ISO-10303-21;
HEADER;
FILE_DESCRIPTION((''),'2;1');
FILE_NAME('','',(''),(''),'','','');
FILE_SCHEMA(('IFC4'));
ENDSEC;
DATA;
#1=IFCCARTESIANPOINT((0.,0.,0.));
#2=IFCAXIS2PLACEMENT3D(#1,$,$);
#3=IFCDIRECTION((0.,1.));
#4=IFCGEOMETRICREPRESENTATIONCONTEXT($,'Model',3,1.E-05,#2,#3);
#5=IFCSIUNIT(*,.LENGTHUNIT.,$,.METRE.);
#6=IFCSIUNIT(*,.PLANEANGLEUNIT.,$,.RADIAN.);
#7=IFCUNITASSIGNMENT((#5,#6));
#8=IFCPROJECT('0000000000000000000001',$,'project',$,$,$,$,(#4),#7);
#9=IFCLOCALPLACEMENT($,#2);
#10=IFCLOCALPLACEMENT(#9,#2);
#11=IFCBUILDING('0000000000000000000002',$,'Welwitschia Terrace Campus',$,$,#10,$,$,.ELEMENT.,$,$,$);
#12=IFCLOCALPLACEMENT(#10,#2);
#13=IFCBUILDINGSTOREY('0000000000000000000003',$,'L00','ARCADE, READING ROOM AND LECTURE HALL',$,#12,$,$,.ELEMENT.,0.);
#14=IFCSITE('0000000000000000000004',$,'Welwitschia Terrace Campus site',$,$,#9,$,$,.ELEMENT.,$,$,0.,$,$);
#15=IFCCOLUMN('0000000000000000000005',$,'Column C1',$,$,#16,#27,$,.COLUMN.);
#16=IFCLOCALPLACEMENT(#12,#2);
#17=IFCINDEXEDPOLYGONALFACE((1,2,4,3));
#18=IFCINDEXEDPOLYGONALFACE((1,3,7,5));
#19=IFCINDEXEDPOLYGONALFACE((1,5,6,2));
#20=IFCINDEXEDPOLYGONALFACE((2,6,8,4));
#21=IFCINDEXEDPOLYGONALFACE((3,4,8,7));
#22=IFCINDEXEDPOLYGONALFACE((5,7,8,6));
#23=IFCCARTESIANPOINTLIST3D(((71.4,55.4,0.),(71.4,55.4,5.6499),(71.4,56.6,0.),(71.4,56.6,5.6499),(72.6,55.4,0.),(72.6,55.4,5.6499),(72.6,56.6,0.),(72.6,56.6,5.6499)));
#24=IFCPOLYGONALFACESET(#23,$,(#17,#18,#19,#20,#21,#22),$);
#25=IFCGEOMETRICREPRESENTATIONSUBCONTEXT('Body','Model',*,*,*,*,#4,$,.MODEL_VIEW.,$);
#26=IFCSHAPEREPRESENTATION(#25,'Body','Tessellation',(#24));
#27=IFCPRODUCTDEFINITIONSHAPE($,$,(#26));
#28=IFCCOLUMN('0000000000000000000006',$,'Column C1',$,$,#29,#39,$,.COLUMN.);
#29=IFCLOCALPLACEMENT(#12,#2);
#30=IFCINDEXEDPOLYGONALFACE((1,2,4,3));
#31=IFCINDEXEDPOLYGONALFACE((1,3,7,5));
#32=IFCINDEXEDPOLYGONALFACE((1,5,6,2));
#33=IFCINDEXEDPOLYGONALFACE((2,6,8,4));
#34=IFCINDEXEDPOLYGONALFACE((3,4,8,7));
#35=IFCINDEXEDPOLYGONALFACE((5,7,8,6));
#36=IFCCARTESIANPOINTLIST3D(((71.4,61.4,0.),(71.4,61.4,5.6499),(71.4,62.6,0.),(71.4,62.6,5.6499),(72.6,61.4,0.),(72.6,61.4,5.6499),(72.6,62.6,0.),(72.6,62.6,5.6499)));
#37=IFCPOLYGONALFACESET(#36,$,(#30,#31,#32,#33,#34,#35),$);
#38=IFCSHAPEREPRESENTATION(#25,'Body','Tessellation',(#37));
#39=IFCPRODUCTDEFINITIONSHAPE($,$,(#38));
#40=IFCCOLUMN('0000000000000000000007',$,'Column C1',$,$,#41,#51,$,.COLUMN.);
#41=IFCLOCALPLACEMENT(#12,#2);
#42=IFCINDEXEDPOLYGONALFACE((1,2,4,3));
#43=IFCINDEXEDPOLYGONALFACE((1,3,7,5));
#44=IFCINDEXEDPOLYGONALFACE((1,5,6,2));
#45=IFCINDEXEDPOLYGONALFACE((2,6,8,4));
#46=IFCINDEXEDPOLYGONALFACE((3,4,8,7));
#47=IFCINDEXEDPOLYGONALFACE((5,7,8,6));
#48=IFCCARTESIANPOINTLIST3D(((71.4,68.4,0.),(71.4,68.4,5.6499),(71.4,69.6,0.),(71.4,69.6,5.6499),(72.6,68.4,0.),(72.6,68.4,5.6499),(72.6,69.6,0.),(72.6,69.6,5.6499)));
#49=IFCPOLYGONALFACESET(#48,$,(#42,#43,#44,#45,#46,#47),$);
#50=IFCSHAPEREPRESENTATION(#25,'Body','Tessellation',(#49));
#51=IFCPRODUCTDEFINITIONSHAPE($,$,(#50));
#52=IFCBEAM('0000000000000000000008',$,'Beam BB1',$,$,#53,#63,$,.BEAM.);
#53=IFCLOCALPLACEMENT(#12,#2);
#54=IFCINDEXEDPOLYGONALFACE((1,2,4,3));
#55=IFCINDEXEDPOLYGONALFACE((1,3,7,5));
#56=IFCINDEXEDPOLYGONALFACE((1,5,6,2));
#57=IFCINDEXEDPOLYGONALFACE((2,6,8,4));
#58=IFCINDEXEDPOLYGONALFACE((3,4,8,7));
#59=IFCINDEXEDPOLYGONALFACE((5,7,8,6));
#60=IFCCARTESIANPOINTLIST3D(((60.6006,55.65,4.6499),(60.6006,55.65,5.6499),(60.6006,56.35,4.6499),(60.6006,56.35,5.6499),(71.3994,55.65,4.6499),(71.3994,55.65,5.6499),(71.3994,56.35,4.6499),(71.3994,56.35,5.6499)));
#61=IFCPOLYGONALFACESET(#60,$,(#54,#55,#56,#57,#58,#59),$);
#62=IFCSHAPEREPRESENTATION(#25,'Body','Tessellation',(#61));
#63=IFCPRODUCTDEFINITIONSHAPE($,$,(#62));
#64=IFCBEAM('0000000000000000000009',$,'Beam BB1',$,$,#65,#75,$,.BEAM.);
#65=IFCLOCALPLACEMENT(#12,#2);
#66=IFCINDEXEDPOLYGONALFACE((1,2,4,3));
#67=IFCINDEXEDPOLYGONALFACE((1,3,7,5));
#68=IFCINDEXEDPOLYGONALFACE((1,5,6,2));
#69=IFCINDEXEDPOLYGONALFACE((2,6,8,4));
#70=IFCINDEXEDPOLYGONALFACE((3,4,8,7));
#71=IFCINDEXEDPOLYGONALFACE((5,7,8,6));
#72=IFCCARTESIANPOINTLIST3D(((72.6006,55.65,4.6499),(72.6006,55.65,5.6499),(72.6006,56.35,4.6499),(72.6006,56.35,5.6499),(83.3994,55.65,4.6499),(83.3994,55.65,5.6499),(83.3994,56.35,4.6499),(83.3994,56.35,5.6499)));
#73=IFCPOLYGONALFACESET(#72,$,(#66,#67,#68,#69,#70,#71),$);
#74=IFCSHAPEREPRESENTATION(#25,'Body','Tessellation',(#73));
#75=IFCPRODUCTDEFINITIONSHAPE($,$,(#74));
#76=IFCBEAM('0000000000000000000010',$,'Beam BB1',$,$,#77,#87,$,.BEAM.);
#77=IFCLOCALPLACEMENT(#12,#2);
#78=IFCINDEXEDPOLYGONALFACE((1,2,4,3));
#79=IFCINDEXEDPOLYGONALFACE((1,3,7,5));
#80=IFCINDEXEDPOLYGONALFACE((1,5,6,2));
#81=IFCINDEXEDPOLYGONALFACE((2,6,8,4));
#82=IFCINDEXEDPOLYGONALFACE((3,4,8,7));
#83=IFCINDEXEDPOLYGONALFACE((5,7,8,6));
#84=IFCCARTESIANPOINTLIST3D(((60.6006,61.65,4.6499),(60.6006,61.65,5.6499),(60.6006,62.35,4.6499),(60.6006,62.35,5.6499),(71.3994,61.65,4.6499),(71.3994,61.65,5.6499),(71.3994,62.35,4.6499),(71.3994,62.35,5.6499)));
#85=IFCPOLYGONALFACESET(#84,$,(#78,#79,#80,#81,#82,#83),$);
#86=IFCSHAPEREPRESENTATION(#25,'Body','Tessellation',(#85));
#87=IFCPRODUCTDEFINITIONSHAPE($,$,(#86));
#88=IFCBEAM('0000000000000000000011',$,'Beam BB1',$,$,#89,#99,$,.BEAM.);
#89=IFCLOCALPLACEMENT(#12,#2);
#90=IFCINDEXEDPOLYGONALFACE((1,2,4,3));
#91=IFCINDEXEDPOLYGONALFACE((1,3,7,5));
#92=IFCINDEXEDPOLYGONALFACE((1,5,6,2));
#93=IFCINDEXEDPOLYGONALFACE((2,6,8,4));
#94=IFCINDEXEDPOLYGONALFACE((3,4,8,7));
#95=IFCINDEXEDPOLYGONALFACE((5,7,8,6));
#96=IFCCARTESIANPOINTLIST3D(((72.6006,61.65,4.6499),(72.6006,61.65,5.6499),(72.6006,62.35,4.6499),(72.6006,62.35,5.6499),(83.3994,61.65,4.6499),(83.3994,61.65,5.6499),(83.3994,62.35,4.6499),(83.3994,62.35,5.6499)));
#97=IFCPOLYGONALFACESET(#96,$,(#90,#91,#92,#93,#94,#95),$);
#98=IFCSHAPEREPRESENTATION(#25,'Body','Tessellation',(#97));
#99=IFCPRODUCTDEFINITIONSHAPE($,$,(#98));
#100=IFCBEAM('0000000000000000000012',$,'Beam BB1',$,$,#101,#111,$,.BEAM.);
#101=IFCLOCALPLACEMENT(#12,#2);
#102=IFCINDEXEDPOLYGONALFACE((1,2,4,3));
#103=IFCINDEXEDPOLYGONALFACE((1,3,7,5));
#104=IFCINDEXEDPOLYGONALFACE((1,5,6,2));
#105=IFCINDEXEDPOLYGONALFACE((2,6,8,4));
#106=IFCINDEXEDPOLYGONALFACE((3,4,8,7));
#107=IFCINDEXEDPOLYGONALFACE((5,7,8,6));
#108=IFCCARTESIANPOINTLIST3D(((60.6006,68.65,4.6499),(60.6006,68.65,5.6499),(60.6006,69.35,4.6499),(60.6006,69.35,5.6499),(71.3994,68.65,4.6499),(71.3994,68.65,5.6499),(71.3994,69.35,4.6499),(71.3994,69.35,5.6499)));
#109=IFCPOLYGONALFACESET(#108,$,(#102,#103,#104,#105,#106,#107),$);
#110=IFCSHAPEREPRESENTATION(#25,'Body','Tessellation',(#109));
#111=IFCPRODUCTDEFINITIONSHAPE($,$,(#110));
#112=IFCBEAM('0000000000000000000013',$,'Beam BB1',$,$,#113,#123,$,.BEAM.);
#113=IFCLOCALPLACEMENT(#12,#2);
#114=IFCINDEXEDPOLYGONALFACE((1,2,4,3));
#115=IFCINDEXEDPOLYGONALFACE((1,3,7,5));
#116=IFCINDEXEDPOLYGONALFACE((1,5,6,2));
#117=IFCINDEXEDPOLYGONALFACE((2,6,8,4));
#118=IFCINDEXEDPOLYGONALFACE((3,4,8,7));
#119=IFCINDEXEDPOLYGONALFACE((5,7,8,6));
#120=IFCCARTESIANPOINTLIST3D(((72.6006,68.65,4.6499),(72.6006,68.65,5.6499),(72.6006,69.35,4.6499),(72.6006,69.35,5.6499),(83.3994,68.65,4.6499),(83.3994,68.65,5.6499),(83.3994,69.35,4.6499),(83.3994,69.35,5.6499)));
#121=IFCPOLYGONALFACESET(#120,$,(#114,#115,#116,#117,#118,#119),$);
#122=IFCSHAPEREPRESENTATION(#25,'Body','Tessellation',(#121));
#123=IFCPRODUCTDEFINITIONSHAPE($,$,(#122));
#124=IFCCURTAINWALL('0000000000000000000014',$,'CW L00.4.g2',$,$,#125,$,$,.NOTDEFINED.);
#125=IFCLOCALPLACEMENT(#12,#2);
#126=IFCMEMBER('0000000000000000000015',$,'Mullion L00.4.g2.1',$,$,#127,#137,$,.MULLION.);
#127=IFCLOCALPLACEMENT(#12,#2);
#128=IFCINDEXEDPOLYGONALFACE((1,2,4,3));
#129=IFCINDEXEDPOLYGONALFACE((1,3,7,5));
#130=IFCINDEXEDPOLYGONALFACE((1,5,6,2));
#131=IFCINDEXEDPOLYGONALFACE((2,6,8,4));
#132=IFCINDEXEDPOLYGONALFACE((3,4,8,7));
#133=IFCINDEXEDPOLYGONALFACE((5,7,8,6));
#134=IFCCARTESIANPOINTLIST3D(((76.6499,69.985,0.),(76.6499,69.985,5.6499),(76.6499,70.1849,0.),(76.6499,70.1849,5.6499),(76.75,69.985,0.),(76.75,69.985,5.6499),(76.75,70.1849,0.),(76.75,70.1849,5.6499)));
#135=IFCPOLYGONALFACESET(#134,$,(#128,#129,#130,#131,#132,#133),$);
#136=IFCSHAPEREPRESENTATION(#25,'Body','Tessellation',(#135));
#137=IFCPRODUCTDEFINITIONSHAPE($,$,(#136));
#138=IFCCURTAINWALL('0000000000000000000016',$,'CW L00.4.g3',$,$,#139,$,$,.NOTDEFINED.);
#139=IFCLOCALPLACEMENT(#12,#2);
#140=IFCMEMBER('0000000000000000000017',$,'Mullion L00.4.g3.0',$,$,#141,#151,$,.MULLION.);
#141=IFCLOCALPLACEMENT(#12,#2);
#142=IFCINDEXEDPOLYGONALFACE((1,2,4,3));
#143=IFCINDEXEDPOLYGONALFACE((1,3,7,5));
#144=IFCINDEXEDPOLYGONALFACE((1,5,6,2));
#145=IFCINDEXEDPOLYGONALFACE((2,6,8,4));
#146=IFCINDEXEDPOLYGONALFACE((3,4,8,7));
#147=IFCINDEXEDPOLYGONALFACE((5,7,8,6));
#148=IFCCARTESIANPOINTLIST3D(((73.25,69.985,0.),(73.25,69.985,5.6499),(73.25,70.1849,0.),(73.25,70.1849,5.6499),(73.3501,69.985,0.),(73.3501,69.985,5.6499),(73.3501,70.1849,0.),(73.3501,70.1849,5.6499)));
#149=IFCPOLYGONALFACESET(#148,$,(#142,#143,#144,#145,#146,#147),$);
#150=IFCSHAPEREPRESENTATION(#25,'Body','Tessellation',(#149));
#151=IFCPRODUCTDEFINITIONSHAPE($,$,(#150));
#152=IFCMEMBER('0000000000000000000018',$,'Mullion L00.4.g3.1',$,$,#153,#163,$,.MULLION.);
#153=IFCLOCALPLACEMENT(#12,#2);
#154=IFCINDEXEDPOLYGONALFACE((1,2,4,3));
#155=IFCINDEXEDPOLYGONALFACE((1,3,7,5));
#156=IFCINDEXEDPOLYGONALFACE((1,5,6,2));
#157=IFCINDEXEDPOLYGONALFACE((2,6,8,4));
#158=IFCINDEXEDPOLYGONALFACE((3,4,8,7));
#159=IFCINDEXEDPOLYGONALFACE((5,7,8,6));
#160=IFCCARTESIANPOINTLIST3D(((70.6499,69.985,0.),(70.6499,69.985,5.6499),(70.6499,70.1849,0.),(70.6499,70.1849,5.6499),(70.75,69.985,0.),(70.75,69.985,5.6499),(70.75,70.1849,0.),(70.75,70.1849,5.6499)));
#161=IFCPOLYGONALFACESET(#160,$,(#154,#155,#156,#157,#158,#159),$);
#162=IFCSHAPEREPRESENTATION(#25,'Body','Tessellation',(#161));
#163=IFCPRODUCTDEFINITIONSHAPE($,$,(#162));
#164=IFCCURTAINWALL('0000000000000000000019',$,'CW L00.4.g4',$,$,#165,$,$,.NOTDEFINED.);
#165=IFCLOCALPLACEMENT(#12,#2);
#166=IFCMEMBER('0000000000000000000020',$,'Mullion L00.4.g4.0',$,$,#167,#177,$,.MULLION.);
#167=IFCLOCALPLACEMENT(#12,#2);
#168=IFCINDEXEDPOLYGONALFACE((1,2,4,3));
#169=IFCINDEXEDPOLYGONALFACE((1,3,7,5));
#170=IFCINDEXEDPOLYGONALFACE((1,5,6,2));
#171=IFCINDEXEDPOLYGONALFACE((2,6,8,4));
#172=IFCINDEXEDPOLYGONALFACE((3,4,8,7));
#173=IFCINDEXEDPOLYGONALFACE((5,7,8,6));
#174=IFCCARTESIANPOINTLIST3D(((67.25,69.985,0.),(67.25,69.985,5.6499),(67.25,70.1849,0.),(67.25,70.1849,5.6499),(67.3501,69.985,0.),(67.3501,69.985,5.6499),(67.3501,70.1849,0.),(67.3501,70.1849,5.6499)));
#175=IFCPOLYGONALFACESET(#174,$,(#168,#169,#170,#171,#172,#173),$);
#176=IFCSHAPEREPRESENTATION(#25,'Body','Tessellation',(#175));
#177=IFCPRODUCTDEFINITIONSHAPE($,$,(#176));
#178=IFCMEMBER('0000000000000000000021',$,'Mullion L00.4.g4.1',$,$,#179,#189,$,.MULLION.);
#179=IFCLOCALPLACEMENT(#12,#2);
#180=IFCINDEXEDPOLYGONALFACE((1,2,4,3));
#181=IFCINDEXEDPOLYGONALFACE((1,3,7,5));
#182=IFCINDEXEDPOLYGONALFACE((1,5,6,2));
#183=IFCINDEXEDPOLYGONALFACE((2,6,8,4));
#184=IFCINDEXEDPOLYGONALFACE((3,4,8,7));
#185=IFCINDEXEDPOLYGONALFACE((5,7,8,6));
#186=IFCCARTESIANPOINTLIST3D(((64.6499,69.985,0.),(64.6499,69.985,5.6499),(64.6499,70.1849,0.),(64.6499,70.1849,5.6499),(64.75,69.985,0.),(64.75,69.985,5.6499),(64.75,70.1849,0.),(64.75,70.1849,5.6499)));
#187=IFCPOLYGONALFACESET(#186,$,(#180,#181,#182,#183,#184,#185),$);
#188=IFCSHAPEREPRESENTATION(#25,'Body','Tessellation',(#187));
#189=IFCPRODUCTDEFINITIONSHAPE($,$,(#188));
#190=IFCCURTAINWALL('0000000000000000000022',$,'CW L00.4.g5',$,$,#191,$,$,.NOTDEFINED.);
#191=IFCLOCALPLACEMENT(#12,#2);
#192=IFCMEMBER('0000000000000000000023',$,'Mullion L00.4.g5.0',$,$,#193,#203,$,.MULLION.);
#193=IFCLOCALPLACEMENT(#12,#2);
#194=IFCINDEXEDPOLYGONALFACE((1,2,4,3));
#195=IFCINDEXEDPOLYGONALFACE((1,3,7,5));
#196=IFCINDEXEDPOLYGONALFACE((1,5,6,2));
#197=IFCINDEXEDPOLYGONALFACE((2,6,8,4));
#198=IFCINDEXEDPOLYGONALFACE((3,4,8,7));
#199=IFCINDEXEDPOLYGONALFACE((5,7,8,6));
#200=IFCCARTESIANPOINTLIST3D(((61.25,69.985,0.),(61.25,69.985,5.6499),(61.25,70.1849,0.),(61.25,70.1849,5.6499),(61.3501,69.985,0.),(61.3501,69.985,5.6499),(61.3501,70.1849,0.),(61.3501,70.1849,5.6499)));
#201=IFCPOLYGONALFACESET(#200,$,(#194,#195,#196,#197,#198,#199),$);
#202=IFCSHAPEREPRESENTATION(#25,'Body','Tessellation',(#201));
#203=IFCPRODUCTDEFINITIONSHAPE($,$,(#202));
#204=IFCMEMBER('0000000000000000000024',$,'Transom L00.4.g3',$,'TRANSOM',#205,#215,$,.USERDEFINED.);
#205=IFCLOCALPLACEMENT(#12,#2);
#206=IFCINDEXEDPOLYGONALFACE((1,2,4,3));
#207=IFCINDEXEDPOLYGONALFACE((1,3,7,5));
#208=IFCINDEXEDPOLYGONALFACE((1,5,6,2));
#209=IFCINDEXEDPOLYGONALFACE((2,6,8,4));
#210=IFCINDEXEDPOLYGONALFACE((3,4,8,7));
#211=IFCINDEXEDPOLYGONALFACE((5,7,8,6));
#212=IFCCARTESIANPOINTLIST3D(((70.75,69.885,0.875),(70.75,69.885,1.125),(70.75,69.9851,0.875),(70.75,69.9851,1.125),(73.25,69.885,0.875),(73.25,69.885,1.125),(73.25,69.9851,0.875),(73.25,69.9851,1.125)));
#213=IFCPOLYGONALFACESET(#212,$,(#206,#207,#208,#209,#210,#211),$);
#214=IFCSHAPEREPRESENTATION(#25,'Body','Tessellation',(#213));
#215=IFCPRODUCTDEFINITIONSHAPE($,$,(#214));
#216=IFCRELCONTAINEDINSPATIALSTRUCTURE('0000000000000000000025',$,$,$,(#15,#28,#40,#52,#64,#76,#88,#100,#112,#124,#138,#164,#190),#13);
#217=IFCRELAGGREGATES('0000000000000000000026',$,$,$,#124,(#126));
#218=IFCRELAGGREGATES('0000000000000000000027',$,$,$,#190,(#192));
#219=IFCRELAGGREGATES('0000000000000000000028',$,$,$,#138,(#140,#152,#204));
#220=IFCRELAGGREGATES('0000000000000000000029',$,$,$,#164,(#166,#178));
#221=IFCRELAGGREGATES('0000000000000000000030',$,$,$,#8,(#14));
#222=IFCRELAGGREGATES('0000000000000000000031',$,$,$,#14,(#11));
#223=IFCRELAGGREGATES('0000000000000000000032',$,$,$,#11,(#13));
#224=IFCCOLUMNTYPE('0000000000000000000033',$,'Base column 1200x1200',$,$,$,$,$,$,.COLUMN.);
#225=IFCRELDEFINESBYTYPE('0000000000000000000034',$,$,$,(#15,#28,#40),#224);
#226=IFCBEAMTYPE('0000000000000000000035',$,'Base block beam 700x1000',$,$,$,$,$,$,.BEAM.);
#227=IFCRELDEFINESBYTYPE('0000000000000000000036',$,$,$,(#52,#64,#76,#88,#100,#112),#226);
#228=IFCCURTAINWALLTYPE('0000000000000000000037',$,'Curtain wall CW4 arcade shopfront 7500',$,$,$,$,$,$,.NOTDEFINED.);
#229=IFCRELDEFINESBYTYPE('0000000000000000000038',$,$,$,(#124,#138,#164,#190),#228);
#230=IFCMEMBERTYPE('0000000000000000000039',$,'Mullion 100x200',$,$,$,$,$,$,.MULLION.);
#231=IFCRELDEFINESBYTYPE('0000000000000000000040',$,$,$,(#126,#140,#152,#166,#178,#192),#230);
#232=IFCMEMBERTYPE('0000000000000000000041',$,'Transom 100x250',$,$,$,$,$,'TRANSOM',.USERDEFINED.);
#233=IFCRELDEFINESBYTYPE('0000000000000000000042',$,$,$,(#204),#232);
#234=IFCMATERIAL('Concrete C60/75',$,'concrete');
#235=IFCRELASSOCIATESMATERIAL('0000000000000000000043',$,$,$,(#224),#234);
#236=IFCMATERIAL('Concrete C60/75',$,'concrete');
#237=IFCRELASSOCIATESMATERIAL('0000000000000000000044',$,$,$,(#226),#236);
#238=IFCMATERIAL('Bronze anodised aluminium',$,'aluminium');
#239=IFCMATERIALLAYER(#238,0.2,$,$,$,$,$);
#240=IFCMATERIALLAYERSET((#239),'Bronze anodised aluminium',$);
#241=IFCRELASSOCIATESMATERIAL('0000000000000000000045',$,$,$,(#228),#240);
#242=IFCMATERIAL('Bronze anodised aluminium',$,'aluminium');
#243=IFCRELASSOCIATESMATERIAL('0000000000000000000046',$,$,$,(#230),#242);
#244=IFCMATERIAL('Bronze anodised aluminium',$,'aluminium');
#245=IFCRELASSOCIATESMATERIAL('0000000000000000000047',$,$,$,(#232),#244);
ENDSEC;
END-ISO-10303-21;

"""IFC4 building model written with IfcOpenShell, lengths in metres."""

from ifc_helpers import new_model, si_unit, direction, frame, origin, origin_2d, place, context, subcontext, project, spatial, rectangle, extrude, material, layer, layer_set, material_profile, profile_set, type_object, element, aggregate, save


model = new_model("IFC4")

# Units and contexts
model_context = context("Model", 3, precision=1e-05, world=origin(), true_north=direction((0.0, 1.0)))
body_context = subcontext(model_context, "Body", "Model", "MODEL_VIEW")
ifc_project = project(units=[si_unit("LENGTHUNIT", "METRE"), si_unit("PLANEANGLEUNIT", "RADIAN")], contexts=[model_context])

# Site, building, storey
site_placement = place(None, origin())
site = spatial("IfcSite", under=ifc_project, at=site_placement, Name="Welwitschia Terrace Campus site", CompositionType="ELEMENT", RefElevation=0.0)
building_placement = place(site_placement, origin())
building = spatial("IfcBuilding", under=site, at=building_placement, Name="Welwitschia Terrace Campus", CompositionType="ELEMENT")
storey_placement = place(building_placement, origin())
storey = spatial("IfcBuildingStorey", under=building, at=storey_placement, Name="L00", Description="ARCADE, READING ROOM AND LECTURE HALL", CompositionType="ELEMENT", Elevation=0.0)

# Columns
ifc_material_1 = material(Name="Concrete C60/75", Category="concrete")
ifc_material_profile_1 = material_profile(ifc_material_1, rectangle(XDim=1.2, YDim=1.2, at=origin_2d()))
ifc_profile_set_1 = profile_set([ifc_material_profile_1], Name="Concrete C60/75")
column_type = type_object("IfcColumnType", Name="Base column 1200x1200", PredefinedType="COLUMN", material=ifc_profile_set_1)
for number, where, z_axis, x_axis, name in (
    (1, (72.0, 56.0, 0.0), (0.0, 0.0, 1.0), (1.0, 0.0, 0.0), "Column C1"),
    (2, (72.0, 62.0, 0.0), (0.0, 0.0, 1.0), (1.0, 0.0, 0.0), "Column C1"),
    (3, (72.0, 69.0, 0.0), (0.0, 0.0, 1.0), (1.0, 0.0, 0.0), "Column C1"),
):
    element("IfcColumn", number, at=place(storey_placement, frame(where, z_axis=z_axis, x_axis=x_axis)), inside=storey, type_object=column_type, Name=name, PredefinedType="COLUMN", context=body_context, shape_type="SweptSolid", body=[
        extrude(rectangle(XDim=1.2, YDim=1.2, at=origin_2d()), origin(), (0.0, 0.0, 1.0), 5.6499),
    ])

# Beams
ifc_material_2 = material(Name="Concrete C60/75", Category="concrete")
ifc_material_profile_2 = material_profile(ifc_material_2, rectangle(XDim=0.7, YDim=1.0, at=origin_2d()))
ifc_profile_set_2 = profile_set([ifc_material_profile_2], Name="Concrete C60/75")
beam_type = type_object("IfcBeamType", Name="Base block beam 700x1000", PredefinedType="BEAM", material=ifc_profile_set_2)
for number, where, z_axis, x_axis, name in (
    (4, (60.6006, 56.0, 5.1499), (1.0, 0.0, 0.0), (0.0, 1.0, 0.0), "Beam BB1"),
    (5, (72.6006, 56.0, 5.1499), (1.0, 0.0, 0.0), (0.0, 1.0, 0.0), "Beam BB1"),
    (6, (60.6006, 62.0, 5.1499), (1.0, 0.0, 0.0), (0.0, 1.0, 0.0), "Beam BB1"),
    (7, (72.6006, 62.0, 5.1499), (1.0, 0.0, 0.0), (0.0, 1.0, 0.0), "Beam BB1"),
    (8, (60.6006, 69.0, 5.1499), (1.0, 0.0, 0.0), (0.0, 1.0, 0.0), "Beam BB1"),
    (9, (72.6006, 69.0, 5.1499), (1.0, 0.0, 0.0), (0.0, 1.0, 0.0), "Beam BB1"),
):
    element("IfcBeam", number, at=place(storey_placement, frame(where, z_axis=z_axis, x_axis=x_axis)), inside=storey, type_object=beam_type, Name=name, PredefinedType="BEAM", context=body_context, shape_type="SweptSolid", body=[
        extrude(rectangle(XDim=0.7, YDim=1.0, at=origin_2d()), origin(), (0.0, 0.0, 1.0), 10.7988),
    ])

# Curtain wall, member
ifc_material_3 = material(Name="Bronze anodised aluminium", Category="aluminium")
ifc_layer_1 = layer(ifc_material_3, 0.2)
ifc_layer_set_1 = layer_set([ifc_layer_1], Name="Bronze anodised aluminium")
curtain_wall_type = type_object("IfcCurtainWallType", Name="Curtain wall CW4 arcade shopfront 7500", PredefinedType="NOTDEFINED", material=ifc_layer_set_1)
curtain_wall_1_placement = place(storey_placement, origin())
curtain_wall_1 = element("IfcCurtainWall", 10, at=curtain_wall_1_placement, inside=storey, type_object=curtain_wall_type, Name="CW L00.4.g2", PredefinedType="NOTDEFINED")
ifc_material_4 = material(Name="Bronze anodised aluminium", Category="aluminium")
ifc_material_profile_3 = material_profile(ifc_material_4, rectangle(XDim=0.2, YDim=0.1001, at=origin_2d()))
ifc_profile_set_3 = profile_set([ifc_material_profile_3], Name="Bronze anodised aluminium")
member_type_1 = type_object("IfcMemberType", Name="Mullion 100x200", PredefinedType="MULLION", material=ifc_profile_set_3)
member_1_placement = place(storey_placement, frame((76.7, 70.085, 0.0), z_axis=(0.0, 0.0, 1.0), x_axis=(0.0, -1.0, 0.0)))
member_1 = element("IfcMember", 11, at=member_1_placement, type_object=member_type_1, Name="Mullion L00.4.g2.1", PredefinedType="MULLION", context=body_context, shape_type="SweptSolid", body=[
    extrude(rectangle(XDim=0.2, YDim=0.1001, at=origin_2d()), origin(), (0.0, 0.0, 1.0), 5.6499),
])
aggregate(curtain_wall_1, [member_1])

# Curtain walls, members
curtain_wall_2_placement = place(storey_placement, origin())
curtain_wall_2 = element("IfcCurtainWall", 12, at=curtain_wall_2_placement, inside=storey, type_object=curtain_wall_type, Name="CW L00.4.g3", PredefinedType="NOTDEFINED")
member_2_placement = place(storey_placement, frame((73.3, 70.085, 0.0), z_axis=(0.0, 0.0, 1.0), x_axis=(0.0, -1.0, 0.0)))
member_2 = element("IfcMember", 13, at=member_2_placement, type_object=member_type_1, Name="Mullion L00.4.g3.0", PredefinedType="MULLION", context=body_context, shape_type="SweptSolid", body=[
    extrude(rectangle(XDim=0.2, YDim=0.1001, at=origin_2d()), origin(), (0.0, 0.0, 1.0), 5.6499),
])
member_3_placement = place(storey_placement, frame((70.7, 70.085, 0.0), z_axis=(0.0, 0.0, 1.0), x_axis=(0.0, -1.0, 0.0)))
member_3 = element("IfcMember", 14, at=member_3_placement, type_object=member_type_1, Name="Mullion L00.4.g3.1", PredefinedType="MULLION", context=body_context, shape_type="SweptSolid", body=[
    extrude(rectangle(XDim=0.2, YDim=0.1001, at=origin_2d()), origin(), (0.0, 0.0, 1.0), 5.6499),
])
curtain_wall_3_placement = place(storey_placement, origin())
curtain_wall_3 = element("IfcCurtainWall", 15, at=curtain_wall_3_placement, inside=storey, type_object=curtain_wall_type, Name="CW L00.4.g4", PredefinedType="NOTDEFINED")
member_4_placement = place(storey_placement, frame((67.3, 70.085, 0.0), z_axis=(0.0, 0.0, 1.0), x_axis=(0.0, -1.0, 0.0)))
member_4 = element("IfcMember", 16, at=member_4_placement, type_object=member_type_1, Name="Mullion L00.4.g4.0", PredefinedType="MULLION", context=body_context, shape_type="SweptSolid", body=[
    extrude(rectangle(XDim=0.2, YDim=0.1001, at=origin_2d()), origin(), (0.0, 0.0, 1.0), 5.6499),
])
member_5_placement = place(storey_placement, frame((64.7, 70.085, 0.0), z_axis=(0.0, 0.0, 1.0), x_axis=(0.0, -1.0, 0.0)))
member_5 = element("IfcMember", 17, at=member_5_placement, type_object=member_type_1, Name="Mullion L00.4.g4.1", PredefinedType="MULLION", context=body_context, shape_type="SweptSolid", body=[
    extrude(rectangle(XDim=0.2, YDim=0.1001, at=origin_2d()), origin(), (0.0, 0.0, 1.0), 5.6499),
])

# Curtain wall, member
curtain_wall_4_placement = place(storey_placement, origin())
curtain_wall_4 = element("IfcCurtainWall", 18, at=curtain_wall_4_placement, inside=storey, type_object=curtain_wall_type, Name="CW L00.4.g5", PredefinedType="NOTDEFINED")
member_6_placement = place(storey_placement, frame((61.3, 70.085, 0.0), z_axis=(0.0, 0.0, 1.0), x_axis=(0.0, -1.0, 0.0)))
member_6 = element("IfcMember", 19, at=member_6_placement, type_object=member_type_1, Name="Mullion L00.4.g5.0", PredefinedType="MULLION", context=body_context, shape_type="SweptSolid", body=[
    extrude(rectangle(XDim=0.2, YDim=0.1001, at=origin_2d()), origin(), (0.0, 0.0, 1.0), 5.6499),
])

# Member
ifc_material_5 = material(Name="Bronze anodised aluminium", Category="aluminium")
ifc_material_profile_4 = material_profile(ifc_material_5, rectangle(XDim=0.1001, YDim=0.25, at=origin_2d()))
ifc_profile_set_4 = profile_set([ifc_material_profile_4], Name="Bronze anodised aluminium")
member_type_2 = type_object("IfcMemberType", Name="Transom 100x250", ElementType="TRANSOM", PredefinedType="USERDEFINED", material=ifc_profile_set_4)
member_7_placement = place(storey_placement, frame((73.25, 69.9351, 1.0), z_axis=(-1.0, 0.0, 0.0), x_axis=(0.0, -1.0, 0.0)))
member_7 = element("IfcMember", 20, at=member_7_placement, type_object=member_type_2, Name="Transom L00.4.g3", ObjectType="TRANSOM", PredefinedType="USERDEFINED", context=body_context, shape_type="SweptSolid", body=[
    extrude(rectangle(XDim=0.1001, YDim=0.25, at=origin_2d()), origin(), (0.0, 0.0, 1.0), 2.5),
])
aggregate(curtain_wall_4, [member_6])

aggregate(curtain_wall_2, [member_2, member_3, member_7])
aggregate(curtain_wall_3, [member_4, member_5])

save(model, "model.ifc")
